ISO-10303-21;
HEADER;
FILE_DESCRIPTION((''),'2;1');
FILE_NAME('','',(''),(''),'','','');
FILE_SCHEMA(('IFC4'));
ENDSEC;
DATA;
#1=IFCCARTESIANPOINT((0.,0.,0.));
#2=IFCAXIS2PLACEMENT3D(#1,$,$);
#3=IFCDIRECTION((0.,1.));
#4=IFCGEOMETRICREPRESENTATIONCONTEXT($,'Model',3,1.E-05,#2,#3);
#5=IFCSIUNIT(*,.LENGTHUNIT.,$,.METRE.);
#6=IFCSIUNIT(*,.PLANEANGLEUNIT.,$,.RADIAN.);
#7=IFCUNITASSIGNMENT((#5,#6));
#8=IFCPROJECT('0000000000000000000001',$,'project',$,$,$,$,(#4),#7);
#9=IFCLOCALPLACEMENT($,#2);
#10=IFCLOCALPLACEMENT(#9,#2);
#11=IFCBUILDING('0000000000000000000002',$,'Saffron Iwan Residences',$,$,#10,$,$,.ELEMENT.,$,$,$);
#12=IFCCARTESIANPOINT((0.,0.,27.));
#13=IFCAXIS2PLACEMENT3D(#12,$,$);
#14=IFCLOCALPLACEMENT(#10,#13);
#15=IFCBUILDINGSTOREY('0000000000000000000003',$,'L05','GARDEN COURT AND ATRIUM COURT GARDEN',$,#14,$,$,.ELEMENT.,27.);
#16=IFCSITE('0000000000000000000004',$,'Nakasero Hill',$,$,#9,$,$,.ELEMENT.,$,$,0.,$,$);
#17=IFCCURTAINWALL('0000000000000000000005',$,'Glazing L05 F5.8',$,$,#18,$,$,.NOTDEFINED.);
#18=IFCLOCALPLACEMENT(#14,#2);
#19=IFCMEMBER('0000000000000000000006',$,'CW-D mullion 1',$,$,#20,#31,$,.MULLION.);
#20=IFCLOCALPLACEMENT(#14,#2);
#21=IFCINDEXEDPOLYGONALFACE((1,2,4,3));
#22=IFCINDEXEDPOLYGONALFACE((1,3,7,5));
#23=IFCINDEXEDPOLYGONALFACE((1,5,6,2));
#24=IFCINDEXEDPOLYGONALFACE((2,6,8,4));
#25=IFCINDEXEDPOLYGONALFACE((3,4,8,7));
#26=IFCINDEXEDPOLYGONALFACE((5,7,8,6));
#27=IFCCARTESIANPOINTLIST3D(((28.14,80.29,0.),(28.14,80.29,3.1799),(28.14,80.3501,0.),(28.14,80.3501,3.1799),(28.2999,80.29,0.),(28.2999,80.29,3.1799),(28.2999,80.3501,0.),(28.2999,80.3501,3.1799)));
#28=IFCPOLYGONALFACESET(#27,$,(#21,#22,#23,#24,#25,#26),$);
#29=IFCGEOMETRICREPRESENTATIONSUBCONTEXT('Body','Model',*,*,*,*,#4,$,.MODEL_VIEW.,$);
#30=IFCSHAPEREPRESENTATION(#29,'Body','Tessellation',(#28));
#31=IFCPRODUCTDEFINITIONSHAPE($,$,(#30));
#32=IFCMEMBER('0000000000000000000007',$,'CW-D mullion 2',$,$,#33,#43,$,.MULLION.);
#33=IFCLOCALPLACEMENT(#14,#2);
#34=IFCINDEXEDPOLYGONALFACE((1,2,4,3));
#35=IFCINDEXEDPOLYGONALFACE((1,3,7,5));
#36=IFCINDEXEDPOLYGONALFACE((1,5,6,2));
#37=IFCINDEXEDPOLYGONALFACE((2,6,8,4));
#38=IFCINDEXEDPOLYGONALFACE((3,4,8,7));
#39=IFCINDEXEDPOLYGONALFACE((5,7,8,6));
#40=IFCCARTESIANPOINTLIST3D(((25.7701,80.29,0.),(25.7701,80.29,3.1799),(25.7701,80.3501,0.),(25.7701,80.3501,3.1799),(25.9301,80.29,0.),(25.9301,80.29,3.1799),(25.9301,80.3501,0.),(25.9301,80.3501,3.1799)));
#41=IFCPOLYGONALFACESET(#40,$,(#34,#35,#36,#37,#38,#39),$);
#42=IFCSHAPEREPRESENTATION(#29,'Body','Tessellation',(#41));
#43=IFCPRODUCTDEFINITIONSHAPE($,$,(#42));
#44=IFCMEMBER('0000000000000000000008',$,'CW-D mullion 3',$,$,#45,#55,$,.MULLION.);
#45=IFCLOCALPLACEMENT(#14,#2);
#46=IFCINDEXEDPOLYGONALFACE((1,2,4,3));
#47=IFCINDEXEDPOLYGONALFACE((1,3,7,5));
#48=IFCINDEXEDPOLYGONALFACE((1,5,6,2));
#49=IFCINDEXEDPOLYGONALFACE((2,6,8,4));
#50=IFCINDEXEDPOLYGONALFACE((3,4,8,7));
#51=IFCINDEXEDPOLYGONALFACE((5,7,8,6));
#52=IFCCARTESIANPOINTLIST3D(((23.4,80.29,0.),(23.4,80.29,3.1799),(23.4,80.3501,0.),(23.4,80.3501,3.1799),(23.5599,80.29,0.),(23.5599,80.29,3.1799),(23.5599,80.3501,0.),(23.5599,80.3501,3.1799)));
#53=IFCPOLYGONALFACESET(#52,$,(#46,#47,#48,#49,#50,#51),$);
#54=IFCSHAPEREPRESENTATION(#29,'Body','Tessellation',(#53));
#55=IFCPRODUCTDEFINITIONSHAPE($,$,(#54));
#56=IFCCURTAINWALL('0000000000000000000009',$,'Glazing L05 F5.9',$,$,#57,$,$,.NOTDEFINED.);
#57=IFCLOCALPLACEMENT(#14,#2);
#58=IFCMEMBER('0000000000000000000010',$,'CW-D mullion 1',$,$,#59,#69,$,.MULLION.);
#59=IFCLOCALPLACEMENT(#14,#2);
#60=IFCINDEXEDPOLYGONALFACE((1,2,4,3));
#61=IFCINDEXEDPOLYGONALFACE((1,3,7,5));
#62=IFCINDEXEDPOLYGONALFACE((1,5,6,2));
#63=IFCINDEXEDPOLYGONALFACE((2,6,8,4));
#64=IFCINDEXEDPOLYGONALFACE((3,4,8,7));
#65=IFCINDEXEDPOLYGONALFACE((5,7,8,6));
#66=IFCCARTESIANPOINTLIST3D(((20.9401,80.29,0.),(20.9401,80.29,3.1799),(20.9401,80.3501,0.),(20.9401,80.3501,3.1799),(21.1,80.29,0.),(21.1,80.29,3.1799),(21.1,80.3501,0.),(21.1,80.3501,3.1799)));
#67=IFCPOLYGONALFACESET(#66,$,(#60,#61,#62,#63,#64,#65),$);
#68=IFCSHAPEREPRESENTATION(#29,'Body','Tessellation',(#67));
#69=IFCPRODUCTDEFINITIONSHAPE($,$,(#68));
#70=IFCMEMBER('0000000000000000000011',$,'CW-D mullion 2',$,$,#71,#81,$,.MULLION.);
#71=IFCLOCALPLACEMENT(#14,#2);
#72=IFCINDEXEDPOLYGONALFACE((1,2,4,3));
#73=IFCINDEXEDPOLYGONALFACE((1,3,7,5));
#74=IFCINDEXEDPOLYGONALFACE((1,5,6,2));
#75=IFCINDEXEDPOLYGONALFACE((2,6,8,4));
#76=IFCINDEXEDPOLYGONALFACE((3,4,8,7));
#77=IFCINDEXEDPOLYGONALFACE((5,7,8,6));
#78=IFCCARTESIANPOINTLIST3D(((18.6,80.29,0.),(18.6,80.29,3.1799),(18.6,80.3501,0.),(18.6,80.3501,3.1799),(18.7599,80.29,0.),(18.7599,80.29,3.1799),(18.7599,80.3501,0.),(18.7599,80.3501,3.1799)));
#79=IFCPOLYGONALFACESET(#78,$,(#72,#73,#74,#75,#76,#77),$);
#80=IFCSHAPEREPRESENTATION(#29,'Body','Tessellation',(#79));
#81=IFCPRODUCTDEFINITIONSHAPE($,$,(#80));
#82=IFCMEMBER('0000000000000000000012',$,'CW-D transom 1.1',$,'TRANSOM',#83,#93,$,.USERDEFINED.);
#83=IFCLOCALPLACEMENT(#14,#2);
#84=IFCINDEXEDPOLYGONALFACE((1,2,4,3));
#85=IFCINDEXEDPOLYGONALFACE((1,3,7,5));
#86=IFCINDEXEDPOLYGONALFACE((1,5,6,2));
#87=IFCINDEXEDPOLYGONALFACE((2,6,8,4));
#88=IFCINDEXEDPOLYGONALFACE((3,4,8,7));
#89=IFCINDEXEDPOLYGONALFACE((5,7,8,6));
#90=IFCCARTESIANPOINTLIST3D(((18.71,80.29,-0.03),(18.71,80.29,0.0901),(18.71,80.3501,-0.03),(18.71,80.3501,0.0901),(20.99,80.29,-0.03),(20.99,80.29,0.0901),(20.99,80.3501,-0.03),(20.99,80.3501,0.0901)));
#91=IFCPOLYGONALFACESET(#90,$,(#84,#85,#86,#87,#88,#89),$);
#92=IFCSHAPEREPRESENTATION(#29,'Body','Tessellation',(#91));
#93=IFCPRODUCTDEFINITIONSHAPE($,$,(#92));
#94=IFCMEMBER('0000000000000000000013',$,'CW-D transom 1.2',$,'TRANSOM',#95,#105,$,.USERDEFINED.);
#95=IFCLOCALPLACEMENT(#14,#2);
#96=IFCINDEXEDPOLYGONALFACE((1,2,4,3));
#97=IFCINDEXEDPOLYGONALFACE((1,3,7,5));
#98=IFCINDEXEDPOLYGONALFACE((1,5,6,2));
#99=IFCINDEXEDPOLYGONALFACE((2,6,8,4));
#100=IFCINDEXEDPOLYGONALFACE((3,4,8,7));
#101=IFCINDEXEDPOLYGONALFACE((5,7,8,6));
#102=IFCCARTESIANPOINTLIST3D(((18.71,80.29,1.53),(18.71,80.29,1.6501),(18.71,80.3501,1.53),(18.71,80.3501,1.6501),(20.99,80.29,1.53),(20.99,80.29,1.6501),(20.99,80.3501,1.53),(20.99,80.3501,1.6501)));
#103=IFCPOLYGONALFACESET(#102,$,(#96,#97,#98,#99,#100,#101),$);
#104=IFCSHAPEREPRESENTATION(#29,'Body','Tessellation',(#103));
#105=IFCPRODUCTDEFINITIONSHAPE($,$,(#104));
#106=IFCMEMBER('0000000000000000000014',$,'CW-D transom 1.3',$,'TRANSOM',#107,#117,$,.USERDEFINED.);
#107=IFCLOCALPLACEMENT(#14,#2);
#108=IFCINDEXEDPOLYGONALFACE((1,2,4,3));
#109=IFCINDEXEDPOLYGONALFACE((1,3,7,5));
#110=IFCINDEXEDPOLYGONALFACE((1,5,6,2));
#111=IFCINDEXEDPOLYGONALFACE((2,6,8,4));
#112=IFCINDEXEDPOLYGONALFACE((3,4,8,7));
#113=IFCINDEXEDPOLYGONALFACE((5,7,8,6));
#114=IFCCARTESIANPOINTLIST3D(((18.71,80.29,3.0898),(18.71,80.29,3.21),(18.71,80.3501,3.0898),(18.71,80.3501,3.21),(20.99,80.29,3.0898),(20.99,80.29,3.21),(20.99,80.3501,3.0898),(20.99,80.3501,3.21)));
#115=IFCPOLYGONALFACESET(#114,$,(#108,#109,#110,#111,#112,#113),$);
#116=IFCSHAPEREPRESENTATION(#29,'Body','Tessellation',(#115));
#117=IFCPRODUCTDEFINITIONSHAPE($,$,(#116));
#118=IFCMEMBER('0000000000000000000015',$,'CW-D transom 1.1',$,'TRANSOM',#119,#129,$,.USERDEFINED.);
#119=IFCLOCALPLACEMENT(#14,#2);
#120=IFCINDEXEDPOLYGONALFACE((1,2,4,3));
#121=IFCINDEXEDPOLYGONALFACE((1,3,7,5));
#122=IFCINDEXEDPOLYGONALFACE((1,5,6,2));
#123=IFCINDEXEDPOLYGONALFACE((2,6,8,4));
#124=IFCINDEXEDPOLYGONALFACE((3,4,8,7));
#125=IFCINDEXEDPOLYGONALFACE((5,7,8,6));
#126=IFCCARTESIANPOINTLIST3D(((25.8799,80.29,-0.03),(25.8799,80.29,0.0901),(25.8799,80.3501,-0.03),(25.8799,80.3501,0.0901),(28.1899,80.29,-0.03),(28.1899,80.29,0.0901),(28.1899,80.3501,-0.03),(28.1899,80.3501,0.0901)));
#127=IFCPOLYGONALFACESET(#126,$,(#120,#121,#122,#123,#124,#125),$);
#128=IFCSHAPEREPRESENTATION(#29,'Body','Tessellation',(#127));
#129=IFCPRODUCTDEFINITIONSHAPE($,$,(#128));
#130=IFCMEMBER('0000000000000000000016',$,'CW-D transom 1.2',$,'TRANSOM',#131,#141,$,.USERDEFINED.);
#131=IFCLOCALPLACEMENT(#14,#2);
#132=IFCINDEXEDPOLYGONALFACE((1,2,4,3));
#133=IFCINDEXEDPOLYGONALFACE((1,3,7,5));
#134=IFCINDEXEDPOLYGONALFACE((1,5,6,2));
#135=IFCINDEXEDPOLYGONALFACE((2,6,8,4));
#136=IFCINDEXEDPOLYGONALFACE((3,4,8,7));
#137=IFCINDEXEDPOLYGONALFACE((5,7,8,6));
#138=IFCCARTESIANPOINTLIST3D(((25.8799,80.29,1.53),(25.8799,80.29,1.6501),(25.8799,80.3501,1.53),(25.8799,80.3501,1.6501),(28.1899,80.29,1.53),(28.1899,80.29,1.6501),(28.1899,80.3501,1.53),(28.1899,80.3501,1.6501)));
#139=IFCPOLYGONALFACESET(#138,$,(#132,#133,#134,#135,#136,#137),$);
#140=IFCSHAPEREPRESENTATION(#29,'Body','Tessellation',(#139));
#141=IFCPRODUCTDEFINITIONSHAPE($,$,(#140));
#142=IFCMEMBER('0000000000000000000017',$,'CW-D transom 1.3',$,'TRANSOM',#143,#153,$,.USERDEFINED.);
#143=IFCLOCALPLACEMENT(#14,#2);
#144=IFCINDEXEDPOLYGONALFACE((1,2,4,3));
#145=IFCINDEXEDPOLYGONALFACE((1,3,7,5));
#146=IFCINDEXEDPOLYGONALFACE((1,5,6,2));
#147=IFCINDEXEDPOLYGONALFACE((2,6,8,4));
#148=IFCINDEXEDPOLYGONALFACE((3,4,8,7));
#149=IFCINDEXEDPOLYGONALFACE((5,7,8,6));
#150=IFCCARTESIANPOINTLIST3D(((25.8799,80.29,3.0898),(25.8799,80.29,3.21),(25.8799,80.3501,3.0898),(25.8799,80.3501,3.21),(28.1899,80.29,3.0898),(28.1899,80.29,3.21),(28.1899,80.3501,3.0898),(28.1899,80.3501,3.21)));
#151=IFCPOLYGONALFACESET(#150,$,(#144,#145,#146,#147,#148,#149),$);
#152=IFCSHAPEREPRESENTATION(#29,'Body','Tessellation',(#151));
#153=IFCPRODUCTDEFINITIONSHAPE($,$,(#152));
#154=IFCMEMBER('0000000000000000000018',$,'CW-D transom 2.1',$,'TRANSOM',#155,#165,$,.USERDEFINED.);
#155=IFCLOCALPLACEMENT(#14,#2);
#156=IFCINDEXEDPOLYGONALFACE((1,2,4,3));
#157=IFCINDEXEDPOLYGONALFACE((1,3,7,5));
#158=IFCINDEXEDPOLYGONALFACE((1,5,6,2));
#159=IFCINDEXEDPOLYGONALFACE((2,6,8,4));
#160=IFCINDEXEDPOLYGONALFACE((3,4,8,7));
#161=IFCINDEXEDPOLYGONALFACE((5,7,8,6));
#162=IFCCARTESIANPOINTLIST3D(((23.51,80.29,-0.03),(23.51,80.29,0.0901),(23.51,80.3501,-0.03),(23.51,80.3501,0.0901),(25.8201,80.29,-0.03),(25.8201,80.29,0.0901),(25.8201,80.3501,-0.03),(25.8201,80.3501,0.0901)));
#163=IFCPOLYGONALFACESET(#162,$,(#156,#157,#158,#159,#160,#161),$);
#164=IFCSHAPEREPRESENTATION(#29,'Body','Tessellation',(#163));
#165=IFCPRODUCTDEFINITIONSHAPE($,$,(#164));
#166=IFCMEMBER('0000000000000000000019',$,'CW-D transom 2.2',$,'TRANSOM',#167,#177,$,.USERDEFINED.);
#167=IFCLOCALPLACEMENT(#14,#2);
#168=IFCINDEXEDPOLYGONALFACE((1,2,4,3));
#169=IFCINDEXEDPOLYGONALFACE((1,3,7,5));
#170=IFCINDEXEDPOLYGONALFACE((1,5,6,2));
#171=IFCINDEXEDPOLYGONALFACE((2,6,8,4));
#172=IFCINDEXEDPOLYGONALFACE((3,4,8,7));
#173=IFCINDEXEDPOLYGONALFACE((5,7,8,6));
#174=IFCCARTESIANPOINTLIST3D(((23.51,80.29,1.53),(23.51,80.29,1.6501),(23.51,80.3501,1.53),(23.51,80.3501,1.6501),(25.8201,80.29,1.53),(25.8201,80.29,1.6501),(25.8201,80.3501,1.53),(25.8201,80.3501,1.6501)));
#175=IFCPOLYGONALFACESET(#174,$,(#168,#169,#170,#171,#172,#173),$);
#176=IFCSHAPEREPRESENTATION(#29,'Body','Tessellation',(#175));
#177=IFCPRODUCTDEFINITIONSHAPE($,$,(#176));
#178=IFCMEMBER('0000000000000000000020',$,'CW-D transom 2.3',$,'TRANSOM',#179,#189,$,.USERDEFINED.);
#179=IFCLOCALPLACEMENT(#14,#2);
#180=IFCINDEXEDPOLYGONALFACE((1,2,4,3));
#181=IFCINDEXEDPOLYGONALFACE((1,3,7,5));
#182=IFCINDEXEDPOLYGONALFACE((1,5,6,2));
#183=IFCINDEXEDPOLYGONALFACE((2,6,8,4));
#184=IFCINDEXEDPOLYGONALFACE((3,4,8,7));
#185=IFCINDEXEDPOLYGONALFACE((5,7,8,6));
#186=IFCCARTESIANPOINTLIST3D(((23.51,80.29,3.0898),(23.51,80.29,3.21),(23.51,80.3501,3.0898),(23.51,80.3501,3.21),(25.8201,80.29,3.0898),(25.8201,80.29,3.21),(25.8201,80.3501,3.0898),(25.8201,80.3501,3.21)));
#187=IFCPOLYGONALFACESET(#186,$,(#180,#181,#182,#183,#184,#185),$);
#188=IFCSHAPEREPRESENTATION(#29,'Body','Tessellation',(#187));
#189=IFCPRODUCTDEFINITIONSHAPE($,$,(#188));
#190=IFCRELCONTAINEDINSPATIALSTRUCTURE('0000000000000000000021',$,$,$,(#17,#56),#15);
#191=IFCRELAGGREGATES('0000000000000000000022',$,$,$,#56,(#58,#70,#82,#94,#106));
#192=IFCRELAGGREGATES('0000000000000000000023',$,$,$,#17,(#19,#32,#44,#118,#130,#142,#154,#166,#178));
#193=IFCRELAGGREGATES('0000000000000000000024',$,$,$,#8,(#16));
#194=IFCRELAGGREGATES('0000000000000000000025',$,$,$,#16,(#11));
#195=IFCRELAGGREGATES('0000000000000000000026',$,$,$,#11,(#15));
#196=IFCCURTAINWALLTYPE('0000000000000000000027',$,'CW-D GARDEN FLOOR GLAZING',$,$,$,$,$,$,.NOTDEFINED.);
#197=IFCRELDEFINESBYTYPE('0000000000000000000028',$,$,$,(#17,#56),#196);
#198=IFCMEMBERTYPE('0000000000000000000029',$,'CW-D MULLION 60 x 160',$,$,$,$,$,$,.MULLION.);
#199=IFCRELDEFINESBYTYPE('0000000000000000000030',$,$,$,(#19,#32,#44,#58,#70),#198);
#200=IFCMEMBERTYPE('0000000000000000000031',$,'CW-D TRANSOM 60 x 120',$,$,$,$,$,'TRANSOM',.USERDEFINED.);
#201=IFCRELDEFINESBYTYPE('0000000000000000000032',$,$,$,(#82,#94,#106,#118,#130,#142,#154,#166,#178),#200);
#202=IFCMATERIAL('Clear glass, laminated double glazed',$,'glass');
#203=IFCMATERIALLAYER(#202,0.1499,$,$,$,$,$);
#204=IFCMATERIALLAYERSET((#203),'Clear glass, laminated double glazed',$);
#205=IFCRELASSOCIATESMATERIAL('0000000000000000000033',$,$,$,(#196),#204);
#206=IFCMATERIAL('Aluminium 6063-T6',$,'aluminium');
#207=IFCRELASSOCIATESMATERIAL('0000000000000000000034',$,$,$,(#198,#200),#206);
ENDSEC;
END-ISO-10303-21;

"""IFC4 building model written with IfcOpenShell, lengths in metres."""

from ifc_helpers import new_model, si_unit, direction, frame, origin, origin_2d, place, context, subcontext, project, spatial, rectangle, extrude, source, transform, mapped, material, layer, layer_set, material_profile, profile_set, type_object, element, aggregate, save


model = new_model("IFC4")

# Units and contexts
model_context = context("Model", 3, precision=1e-05, world=origin(), true_north=direction((0.0, 1.0)))
body_context = subcontext(model_context, "Body", "Model", "MODEL_VIEW")
ifc_project = project(units=[si_unit("LENGTHUNIT", "METRE"), si_unit("PLANEANGLEUNIT", "RADIAN")], contexts=[model_context])

# Site, building, storey
site_placement = place(None, origin())
site = spatial("IfcSite", under=ifc_project, at=site_placement, Name="Nakasero Hill", CompositionType="ELEMENT", RefElevation=0.0)
building_placement = place(site_placement, origin())
building = spatial("IfcBuilding", under=site, at=building_placement, Name="Saffron Iwan Residences", CompositionType="ELEMENT")
storey_placement = place(building_placement, frame((0.0, 0.0, 27.0)))
storey = spatial("IfcBuildingStorey", under=building, at=storey_placement, Name="L05", Description="GARDEN COURT AND ATRIUM COURT GARDEN", CompositionType="ELEMENT", Elevation=27.0)

# Curtain walls, members
ifc_material_1 = material(Name="Clear glass, laminated double glazed", Category="glass")
ifc_layer_1 = layer(ifc_material_1, 0.1499)
ifc_layer_set_1 = layer_set([ifc_layer_1], Name="Clear glass, laminated double glazed")
curtain_wall_type = type_object("IfcCurtainWallType", Name="CW-D GARDEN FLOOR GLAZING", PredefinedType="NOTDEFINED", material=ifc_layer_set_1)
curtain_wall_1_placement = place(storey_placement, origin())
curtain_wall_1 = element("IfcCurtainWall", 1, at=curtain_wall_1_placement, inside=storey, type_object=curtain_wall_type, Name="Glazing L05 F5.8", PredefinedType="NOTDEFINED")
ifc_material_2 = material(Name="Aluminium 6063-T6", Category="aluminium")
ifc_material_profile_1 = material_profile(ifc_material_2, rectangle(XDim=0.0601, YDim=0.1599, at=origin_2d()), Name="CW-D MULLION 60 x 160")
ifc_profile_set_1 = profile_set([ifc_material_profile_1], Name="Aluminium 6063-T6")
member_type_1 = type_object("IfcMemberType", Name="CW-D MULLION 60 x 160", PredefinedType="MULLION", material=ifc_profile_set_1)
shared_shape_1 = source(origin(), body_context, "Body", "SweptSolid", [
    extrude(rectangle(XDim=0.0601, YDim=0.1599, at=origin_2d()), origin(), (0.0, 0.0, 1.0), 3.1799),
])
member_1_placement = place(storey_placement, frame((28.22, 80.3201, 0.0), z_axis=(0.0, 0.0, 1.0), x_axis=(0.0, -1.0, 0.0)))
member_1 = element("IfcMember", 2, at=member_1_placement, type_object=member_type_1, Name="CW-D mullion 1", PredefinedType="MULLION", context=body_context, shape_type="MappedRepresentation", body=[
    mapped(shared_shape_1, transform((0.0, 0.0, 0.0))),
])
member_2_placement = place(storey_placement, frame((25.8501, 80.3201, 0.0), z_axis=(0.0, 0.0, 1.0), x_axis=(0.0, -1.0, 0.0)))
member_2 = element("IfcMember", 3, at=member_2_placement, type_object=member_type_1, Name="CW-D mullion 2", PredefinedType="MULLION", context=body_context, shape_type="MappedRepresentation", body=[
    mapped(shared_shape_1, transform((0.0, 0.0, 0.0))),
])
member_3_placement = place(storey_placement, frame((23.48, 80.3201, 0.0), z_axis=(0.0, 0.0, 1.0), x_axis=(0.0, -1.0, 0.0)))
member_3 = element("IfcMember", 4, at=member_3_placement, type_object=member_type_1, Name="CW-D mullion 3", PredefinedType="MULLION", context=body_context, shape_type="MappedRepresentation", body=[
    mapped(shared_shape_1, transform((0.0, 0.0, 0.0))),
])
curtain_wall_2_placement = place(storey_placement, origin())
curtain_wall_2 = element("IfcCurtainWall", 5, at=curtain_wall_2_placement, inside=storey, type_object=curtain_wall_type, Name="Glazing L05 F5.9", PredefinedType="NOTDEFINED")
member_4_placement = place(storey_placement, frame((21.02, 80.3201, 0.0), z_axis=(0.0, 0.0, 1.0), x_axis=(0.0, -1.0, 0.0)))
member_4 = element("IfcMember", 6, at=member_4_placement, type_object=member_type_1, Name="CW-D mullion 1", PredefinedType="MULLION", context=body_context, shape_type="MappedRepresentation", body=[
    mapped(shared_shape_1, transform((0.0, 0.0, 0.0))),
])
member_5_placement = place(storey_placement, frame((18.6799, 80.3201, 0.0), z_axis=(0.0, 0.0, 1.0), x_axis=(0.0, -1.0, 0.0)))
member_5 = element("IfcMember", 7, at=member_5_placement, type_object=member_type_1, Name="CW-D mullion 2", PredefinedType="MULLION", context=body_context, shape_type="MappedRepresentation", body=[
    mapped(shared_shape_1, transform((0.0, 0.0, 0.0))),
])
ifc_material_profile_2 = material_profile(ifc_material_2, rectangle(XDim=0.0601, YDim=0.1201, at=origin_2d()), Name="CW-D TRANSOM 60 x 120")
ifc_profile_set_2 = profile_set([ifc_material_profile_2], Name="Aluminium 6063-T6")
member_type_2 = type_object("IfcMemberType", Name="CW-D TRANSOM 60 x 120", ElementType="TRANSOM", PredefinedType="USERDEFINED", material=ifc_profile_set_2)
shared_shape_2 = source(origin(), body_context, "Body", "SweptSolid", [
    extrude(rectangle(XDim=0.0601, YDim=0.1201, at=origin_2d()), origin(), (0.0, 0.0, 1.0), 2.28),
])
member_6_placement = place(storey_placement, frame((20.99, 80.3201, 0.03), z_axis=(-1.0, 0.0, 0.0), x_axis=(0.0, -1.0, 0.0)))
member_6 = element("IfcMember", 8, at=member_6_placement, type_object=member_type_2, Name="CW-D transom 1.1", ObjectType="TRANSOM", PredefinedType="USERDEFINED", context=body_context, shape_type="MappedRepresentation", body=[
    mapped(shared_shape_2, transform((0.0, 0.0, 0.0))),
])
member_7_placement = place(storey_placement, frame((20.99, 80.3201, 1.5901), z_axis=(-1.0, 0.0, 0.0), x_axis=(0.0, -1.0, 0.0)))
member_7 = element("IfcMember", 9, at=member_7_placement, type_object=member_type_2, Name="CW-D transom 1.2", ObjectType="TRANSOM", PredefinedType="USERDEFINED", context=body_context, shape_type="MappedRepresentation", body=[
    mapped(shared_shape_2, transform((0.0, 0.0, 0.0))),
])
member_8_placement = place(storey_placement, frame((20.99, 80.3201, 3.1499), z_axis=(-1.0, 0.0, 0.0), x_axis=(0.0, -1.0, 0.0)))
member_8 = element("IfcMember", 10, at=member_8_placement, type_object=member_type_2, Name="CW-D transom 1.3", ObjectType="TRANSOM", PredefinedType="USERDEFINED", context=body_context, shape_type="MappedRepresentation", body=[
    mapped(shared_shape_2, transform((0.0, 0.0, 0.0))),
])

# Members
shared_shape_3 = source(origin(), body_context, "Body", "SweptSolid", [
    extrude(rectangle(XDim=0.0601, YDim=0.1201, at=origin_2d()), origin(), (0.0, 0.0, 1.0), 2.3101),
])
member_9_placement = place(storey_placement, frame((28.1899, 80.3201, 0.03), z_axis=(-1.0, 0.0, 0.0), x_axis=(0.0, -1.0, 0.0)))
member_9 = element("IfcMember", 11, at=member_9_placement, type_object=member_type_2, Name="CW-D transom 1.1", ObjectType="TRANSOM", PredefinedType="USERDEFINED", context=body_context, shape_type="MappedRepresentation", body=[
    mapped(shared_shape_3, transform((0.0, 0.0, 0.0))),
])
member_10_placement = place(storey_placement, frame((28.1899, 80.3201, 1.5901), z_axis=(-1.0, 0.0, 0.0), x_axis=(0.0, -1.0, 0.0)))
member_10 = element("IfcMember", 12, at=member_10_placement, type_object=member_type_2, Name="CW-D transom 1.2", ObjectType="TRANSOM", PredefinedType="USERDEFINED", context=body_context, shape_type="MappedRepresentation", body=[
    mapped(shared_shape_3, transform((0.0, 0.0, 0.0))),
])
member_11_placement = place(storey_placement, frame((28.1899, 80.3201, 3.1499), z_axis=(-1.0, 0.0, 0.0), x_axis=(0.0, -1.0, 0.0)))
member_11 = element("IfcMember", 13, at=member_11_placement, type_object=member_type_2, Name="CW-D transom 1.3", ObjectType="TRANSOM", PredefinedType="USERDEFINED", context=body_context, shape_type="MappedRepresentation", body=[
    mapped(shared_shape_3, transform((0.0, 0.0, 0.0))),
])
member_12_placement = place(storey_placement, frame((25.8201, 80.3201, 0.03), z_axis=(-1.0, 0.0, 0.0), x_axis=(0.0, -1.0, 0.0)))
member_12 = element("IfcMember", 14, at=member_12_placement, type_object=member_type_2, Name="CW-D transom 2.1", ObjectType="TRANSOM", PredefinedType="USERDEFINED", context=body_context, shape_type="MappedRepresentation", body=[
    mapped(shared_shape_3, transform((0.0, 0.0, 0.0))),
])
member_13_placement = place(storey_placement, frame((25.8201, 80.3201, 1.5901), z_axis=(-1.0, 0.0, 0.0), x_axis=(0.0, -1.0, 0.0)))
member_13 = element("IfcMember", 15, at=member_13_placement, type_object=member_type_2, Name="CW-D transom 2.2", ObjectType="TRANSOM", PredefinedType="USERDEFINED", context=body_context, shape_type="MappedRepresentation", body=[
    mapped(shared_shape_3, transform((0.0, 0.0, 0.0))),
])
member_14_placement = place(storey_placement, frame((25.8201, 80.3201, 3.1499), z_axis=(-1.0, 0.0, 0.0), x_axis=(0.0, -1.0, 0.0)))
member_14 = element("IfcMember", 16, at=member_14_placement, type_object=member_type_2, Name="CW-D transom 2.3", ObjectType="TRANSOM", PredefinedType="USERDEFINED", context=body_context, shape_type="MappedRepresentation", body=[
    mapped(shared_shape_3, transform((0.0, 0.0, 0.0))),
])

aggregate(curtain_wall_2, [member_4, member_5, member_6, member_7, member_8])
aggregate(curtain_wall_1, [member_1, member_2, member_3, member_9, member_10, member_11, member_12, member_13, member_14])

save(model, "model.ifc")
